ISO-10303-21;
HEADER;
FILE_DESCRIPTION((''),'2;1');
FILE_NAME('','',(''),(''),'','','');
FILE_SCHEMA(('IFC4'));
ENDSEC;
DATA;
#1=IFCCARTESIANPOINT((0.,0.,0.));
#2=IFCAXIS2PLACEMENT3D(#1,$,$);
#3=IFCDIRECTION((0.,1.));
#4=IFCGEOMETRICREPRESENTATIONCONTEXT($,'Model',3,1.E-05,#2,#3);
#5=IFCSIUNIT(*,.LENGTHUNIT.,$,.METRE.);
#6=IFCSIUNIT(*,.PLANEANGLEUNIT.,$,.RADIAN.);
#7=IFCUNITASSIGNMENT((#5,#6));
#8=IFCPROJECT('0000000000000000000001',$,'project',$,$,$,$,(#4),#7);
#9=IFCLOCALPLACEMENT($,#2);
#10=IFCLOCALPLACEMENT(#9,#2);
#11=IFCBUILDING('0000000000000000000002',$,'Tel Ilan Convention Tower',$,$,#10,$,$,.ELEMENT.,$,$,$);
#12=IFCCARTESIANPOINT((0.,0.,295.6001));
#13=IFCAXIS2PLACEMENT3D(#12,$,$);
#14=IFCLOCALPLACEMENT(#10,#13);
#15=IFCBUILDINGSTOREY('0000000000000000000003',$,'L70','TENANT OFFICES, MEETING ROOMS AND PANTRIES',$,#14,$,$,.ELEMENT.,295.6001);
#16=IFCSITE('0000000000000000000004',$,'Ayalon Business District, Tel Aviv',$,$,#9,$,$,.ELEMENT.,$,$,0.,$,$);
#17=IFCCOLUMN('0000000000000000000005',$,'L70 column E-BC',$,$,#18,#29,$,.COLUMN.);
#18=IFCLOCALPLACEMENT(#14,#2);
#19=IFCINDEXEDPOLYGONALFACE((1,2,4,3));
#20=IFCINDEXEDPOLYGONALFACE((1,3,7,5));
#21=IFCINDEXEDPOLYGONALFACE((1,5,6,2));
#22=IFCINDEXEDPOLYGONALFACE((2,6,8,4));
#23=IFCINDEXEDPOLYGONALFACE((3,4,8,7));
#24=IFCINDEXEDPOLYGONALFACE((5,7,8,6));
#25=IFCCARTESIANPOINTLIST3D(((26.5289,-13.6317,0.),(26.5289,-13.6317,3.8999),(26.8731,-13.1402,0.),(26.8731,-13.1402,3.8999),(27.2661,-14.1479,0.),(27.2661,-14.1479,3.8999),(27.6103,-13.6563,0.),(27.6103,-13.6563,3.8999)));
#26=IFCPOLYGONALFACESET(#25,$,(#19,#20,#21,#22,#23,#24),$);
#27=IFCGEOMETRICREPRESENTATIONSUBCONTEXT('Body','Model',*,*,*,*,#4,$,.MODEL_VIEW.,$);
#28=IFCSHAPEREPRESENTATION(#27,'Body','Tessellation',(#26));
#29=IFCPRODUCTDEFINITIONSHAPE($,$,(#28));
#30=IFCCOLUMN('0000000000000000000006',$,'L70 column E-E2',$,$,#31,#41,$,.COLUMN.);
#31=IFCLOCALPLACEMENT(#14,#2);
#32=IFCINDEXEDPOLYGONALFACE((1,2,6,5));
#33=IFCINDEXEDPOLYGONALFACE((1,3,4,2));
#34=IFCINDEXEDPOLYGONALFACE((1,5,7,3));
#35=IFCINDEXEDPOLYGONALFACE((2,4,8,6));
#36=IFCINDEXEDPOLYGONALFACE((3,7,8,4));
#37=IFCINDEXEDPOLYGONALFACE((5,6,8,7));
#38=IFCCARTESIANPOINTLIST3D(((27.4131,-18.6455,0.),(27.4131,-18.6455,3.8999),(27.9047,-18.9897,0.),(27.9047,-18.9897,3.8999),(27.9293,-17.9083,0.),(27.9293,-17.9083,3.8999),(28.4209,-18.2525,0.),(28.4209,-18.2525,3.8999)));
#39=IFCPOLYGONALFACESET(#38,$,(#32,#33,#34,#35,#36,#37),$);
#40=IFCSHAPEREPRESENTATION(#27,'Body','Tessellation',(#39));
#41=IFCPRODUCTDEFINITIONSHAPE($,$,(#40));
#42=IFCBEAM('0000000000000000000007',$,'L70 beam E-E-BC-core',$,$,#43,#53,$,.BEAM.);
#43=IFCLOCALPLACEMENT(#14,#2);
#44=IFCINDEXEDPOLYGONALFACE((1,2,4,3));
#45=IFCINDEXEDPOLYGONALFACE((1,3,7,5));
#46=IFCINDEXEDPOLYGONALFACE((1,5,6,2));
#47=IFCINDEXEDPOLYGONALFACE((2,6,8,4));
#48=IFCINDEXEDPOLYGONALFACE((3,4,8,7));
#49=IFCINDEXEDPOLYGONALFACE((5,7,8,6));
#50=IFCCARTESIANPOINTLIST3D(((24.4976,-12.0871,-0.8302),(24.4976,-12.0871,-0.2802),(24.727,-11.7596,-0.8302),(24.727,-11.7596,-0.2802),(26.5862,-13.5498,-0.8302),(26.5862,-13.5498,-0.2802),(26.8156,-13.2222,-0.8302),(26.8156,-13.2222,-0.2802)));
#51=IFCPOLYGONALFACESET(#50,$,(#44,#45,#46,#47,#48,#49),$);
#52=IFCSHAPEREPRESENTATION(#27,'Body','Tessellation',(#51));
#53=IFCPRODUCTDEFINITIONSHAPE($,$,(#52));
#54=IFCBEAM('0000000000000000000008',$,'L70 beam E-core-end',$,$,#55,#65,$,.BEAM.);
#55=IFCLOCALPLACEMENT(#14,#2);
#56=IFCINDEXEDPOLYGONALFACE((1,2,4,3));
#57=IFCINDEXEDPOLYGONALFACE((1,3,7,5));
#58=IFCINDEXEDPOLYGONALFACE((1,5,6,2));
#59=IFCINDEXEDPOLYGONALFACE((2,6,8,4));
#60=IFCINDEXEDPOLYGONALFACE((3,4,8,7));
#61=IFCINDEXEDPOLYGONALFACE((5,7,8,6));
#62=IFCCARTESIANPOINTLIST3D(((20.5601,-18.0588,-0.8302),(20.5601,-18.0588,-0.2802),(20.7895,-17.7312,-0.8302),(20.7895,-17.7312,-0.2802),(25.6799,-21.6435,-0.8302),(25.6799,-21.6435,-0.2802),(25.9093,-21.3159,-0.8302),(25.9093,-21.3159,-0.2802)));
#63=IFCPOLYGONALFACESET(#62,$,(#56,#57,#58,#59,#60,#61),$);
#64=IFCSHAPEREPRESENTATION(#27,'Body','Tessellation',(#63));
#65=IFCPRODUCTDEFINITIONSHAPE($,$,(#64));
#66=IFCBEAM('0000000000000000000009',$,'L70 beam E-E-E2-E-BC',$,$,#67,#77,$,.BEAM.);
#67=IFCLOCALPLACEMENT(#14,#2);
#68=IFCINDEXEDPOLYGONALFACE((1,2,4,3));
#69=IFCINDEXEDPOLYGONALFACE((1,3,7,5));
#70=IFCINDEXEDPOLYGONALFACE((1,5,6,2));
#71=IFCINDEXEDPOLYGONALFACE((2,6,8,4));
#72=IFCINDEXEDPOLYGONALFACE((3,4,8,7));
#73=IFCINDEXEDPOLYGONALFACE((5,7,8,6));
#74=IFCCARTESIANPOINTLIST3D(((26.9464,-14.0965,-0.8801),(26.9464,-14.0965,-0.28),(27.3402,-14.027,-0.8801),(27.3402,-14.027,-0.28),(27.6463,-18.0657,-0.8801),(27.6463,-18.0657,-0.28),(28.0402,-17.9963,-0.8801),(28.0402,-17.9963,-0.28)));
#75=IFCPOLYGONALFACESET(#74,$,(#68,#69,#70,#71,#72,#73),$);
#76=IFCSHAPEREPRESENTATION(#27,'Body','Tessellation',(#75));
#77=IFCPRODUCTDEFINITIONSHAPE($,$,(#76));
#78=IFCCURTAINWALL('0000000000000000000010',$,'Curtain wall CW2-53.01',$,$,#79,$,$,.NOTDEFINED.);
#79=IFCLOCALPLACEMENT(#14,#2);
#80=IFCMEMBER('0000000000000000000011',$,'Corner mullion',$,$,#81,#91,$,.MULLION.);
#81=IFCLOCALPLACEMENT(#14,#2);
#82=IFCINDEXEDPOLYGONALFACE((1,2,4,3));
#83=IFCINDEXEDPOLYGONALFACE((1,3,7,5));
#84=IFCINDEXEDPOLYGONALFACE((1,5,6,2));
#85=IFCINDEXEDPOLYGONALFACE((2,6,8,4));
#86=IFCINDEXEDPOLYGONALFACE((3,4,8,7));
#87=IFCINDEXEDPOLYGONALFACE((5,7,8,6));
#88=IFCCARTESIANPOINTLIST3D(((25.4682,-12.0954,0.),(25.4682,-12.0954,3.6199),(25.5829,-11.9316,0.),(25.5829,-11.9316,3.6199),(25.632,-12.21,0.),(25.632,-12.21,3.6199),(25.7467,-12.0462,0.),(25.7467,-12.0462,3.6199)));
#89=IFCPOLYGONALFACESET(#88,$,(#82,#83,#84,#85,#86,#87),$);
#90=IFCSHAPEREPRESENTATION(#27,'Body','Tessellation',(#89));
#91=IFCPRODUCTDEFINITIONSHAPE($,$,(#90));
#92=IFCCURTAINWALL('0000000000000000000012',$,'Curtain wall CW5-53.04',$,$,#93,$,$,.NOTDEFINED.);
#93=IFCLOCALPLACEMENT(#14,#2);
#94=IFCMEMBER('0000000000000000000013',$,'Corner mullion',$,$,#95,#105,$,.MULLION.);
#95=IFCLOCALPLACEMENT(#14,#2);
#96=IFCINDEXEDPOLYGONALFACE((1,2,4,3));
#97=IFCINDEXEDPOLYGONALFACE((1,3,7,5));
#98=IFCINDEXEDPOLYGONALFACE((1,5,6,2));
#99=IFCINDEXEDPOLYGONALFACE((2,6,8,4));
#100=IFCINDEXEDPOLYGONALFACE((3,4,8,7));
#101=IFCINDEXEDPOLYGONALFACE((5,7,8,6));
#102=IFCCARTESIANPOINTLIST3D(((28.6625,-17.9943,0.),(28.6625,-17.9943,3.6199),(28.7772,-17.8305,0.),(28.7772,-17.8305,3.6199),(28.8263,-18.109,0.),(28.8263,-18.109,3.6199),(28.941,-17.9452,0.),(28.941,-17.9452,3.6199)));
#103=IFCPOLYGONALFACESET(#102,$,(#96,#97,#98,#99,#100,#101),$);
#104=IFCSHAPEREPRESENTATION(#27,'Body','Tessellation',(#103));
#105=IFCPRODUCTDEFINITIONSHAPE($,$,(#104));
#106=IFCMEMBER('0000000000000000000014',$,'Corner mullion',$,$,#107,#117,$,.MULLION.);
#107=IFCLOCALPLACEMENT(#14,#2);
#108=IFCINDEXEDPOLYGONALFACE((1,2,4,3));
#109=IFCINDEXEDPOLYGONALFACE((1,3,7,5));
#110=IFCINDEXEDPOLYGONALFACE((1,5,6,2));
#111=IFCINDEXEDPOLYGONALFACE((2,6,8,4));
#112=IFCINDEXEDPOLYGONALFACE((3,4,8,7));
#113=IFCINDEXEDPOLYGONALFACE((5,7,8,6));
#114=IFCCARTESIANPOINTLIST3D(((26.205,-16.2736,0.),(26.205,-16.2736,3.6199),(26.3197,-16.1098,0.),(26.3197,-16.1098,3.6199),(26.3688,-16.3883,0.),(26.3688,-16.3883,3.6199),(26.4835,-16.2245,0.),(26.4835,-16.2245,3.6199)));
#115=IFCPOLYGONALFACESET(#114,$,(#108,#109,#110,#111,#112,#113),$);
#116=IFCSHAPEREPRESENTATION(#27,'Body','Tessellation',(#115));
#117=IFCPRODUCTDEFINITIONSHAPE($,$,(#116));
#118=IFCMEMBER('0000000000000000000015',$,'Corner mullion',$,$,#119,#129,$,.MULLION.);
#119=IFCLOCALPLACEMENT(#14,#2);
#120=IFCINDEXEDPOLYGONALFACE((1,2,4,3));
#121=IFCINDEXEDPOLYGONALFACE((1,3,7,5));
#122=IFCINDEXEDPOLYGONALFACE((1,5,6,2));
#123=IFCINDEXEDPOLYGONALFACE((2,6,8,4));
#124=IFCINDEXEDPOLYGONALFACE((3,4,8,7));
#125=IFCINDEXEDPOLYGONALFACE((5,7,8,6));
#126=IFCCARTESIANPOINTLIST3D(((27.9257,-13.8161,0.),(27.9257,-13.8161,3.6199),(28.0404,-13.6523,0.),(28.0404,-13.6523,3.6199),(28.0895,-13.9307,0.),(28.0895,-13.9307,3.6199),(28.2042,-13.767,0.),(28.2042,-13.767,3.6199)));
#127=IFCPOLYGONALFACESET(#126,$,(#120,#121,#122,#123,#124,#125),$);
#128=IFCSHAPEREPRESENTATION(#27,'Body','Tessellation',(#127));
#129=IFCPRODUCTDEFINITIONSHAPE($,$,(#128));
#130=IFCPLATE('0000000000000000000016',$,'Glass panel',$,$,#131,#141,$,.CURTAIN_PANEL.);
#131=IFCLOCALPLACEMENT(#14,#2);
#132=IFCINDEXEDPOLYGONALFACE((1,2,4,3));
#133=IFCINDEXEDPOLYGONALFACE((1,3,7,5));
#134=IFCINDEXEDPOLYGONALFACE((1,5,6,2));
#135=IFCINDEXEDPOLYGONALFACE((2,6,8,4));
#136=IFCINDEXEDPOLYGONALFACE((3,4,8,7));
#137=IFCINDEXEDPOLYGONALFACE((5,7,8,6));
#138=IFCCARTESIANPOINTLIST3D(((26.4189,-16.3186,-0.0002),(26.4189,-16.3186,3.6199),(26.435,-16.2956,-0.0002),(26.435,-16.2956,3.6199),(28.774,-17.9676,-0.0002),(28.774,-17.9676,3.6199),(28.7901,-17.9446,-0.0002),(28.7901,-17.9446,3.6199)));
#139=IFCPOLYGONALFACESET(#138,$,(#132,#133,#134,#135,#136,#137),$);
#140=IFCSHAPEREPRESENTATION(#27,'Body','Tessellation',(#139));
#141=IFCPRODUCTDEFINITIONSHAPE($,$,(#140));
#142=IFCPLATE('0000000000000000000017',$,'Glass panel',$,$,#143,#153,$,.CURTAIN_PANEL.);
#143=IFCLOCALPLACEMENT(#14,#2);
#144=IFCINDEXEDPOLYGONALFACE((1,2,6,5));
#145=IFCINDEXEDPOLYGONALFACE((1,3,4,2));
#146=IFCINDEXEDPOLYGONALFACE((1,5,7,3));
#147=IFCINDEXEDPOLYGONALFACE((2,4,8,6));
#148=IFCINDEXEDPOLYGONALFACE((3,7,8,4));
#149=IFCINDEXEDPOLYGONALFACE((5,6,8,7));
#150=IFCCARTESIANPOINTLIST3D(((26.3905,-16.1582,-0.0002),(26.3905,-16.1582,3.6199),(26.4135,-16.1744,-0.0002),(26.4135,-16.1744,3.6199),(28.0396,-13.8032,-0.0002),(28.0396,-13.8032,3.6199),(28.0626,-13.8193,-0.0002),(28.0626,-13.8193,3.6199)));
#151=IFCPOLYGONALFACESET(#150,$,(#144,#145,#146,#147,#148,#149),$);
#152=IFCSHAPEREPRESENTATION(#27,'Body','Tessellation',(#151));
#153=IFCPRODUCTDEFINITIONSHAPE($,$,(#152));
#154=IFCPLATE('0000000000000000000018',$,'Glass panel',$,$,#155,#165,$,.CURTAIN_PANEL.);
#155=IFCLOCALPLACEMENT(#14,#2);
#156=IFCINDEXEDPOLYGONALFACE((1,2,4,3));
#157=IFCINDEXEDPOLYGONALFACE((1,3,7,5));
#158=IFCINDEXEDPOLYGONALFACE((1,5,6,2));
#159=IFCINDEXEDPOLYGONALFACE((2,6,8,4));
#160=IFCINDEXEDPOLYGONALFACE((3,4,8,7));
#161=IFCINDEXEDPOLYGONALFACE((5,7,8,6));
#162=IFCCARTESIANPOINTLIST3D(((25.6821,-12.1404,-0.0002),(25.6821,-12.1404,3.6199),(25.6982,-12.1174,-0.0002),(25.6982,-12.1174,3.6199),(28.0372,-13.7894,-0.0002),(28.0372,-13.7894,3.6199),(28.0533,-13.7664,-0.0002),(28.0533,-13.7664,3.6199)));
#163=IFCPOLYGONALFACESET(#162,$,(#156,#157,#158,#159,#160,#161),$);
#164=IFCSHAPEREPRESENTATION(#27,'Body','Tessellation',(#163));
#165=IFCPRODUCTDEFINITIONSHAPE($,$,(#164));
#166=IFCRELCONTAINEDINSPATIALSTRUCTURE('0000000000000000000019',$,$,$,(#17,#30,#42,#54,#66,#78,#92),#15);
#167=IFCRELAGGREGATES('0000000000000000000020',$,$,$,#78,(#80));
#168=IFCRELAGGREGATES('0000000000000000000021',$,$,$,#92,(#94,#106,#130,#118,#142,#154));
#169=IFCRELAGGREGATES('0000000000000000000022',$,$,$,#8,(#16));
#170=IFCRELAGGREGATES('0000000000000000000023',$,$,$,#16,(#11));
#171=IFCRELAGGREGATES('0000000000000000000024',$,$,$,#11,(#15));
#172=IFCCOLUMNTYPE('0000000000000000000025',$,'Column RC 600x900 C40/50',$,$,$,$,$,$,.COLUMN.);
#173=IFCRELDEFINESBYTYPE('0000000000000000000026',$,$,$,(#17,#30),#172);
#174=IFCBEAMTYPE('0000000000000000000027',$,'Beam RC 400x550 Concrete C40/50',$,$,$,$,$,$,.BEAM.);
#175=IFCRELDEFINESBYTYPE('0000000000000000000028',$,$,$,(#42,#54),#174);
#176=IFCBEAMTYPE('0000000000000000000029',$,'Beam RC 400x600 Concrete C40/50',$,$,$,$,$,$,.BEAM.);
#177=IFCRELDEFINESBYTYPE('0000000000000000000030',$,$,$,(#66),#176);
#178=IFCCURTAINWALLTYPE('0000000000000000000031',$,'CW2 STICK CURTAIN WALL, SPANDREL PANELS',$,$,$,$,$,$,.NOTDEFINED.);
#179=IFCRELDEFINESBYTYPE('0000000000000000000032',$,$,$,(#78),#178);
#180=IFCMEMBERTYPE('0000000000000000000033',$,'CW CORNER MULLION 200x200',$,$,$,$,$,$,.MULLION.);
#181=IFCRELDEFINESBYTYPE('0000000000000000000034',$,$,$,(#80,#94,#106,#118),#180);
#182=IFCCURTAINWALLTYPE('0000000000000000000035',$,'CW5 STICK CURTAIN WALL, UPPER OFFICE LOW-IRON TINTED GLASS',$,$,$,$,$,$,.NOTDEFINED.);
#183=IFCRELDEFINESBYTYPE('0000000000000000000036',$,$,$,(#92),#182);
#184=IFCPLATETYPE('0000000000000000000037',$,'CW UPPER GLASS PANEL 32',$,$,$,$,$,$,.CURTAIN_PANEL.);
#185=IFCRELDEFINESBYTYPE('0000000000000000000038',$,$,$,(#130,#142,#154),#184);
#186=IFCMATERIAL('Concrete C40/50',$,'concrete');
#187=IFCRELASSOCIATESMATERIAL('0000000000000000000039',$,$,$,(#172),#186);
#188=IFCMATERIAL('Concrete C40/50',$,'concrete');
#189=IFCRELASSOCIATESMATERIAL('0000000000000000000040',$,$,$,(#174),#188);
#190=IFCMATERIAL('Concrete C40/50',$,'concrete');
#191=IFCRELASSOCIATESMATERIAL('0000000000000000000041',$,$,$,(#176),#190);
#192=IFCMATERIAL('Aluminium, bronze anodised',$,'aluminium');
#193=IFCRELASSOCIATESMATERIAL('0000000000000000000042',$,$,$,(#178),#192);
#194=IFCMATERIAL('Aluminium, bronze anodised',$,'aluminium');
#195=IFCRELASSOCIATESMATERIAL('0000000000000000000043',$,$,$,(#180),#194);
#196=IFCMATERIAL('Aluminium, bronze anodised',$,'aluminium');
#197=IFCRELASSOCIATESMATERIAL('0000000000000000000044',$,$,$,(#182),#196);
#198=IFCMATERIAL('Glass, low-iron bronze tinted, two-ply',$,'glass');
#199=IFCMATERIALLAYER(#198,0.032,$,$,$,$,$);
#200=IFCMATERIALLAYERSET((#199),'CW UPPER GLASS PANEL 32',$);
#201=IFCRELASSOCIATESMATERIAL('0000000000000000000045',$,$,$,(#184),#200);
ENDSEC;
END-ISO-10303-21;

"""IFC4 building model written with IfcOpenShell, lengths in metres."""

from ifc_helpers import new_model, si_unit, direction, frame, origin, origin_2d, place, context, subcontext, project, spatial, rectangle, extrude, material, layer, layer_set, material_profile, profile_set, type_object, element, aggregate, save


model = new_model("IFC4")

# Units and contexts
model_context = context("Model", 3, precision=1e-05, world=origin(), true_north=direction((0.0, 1.0)))
body_context = subcontext(model_context, "Body", "Model", "MODEL_VIEW")
ifc_project = project(units=[si_unit("LENGTHUNIT", "METRE"), si_unit("PLANEANGLEUNIT", "RADIAN")], contexts=[model_context])

# Site, building, storey
site_placement = place(None, origin())
site = spatial("IfcSite", under=ifc_project, at=site_placement, Name="Ayalon Business District, Tel Aviv", CompositionType="ELEMENT", RefElevation=0.0)
building_placement = place(site_placement, origin())
building = spatial("IfcBuilding", under=site, at=building_placement, Name="Tel Ilan Convention Tower", CompositionType="ELEMENT")
storey_placement = place(building_placement, frame((0.0, 0.0, 295.6001)))
storey = spatial("IfcBuildingStorey", under=building, at=storey_placement, Name="L70", Description="TENANT OFFICES, MEETING ROOMS AND PANTRIES", CompositionType="ELEMENT", Elevation=295.6001)

# Columns
ifc_material_1 = material(Name="Concrete C40/50", Category="concrete")
ifc_material_profile_1 = material_profile(ifc_material_1, rectangle(XDim=0.8999, YDim=0.6001, at=origin_2d()), Name="RC 600x900")
ifc_profile_set_1 = profile_set([ifc_material_profile_1], Name="Concrete C40/50")
column_type = type_object("IfcColumnType", Name="Column RC 600x900 C40/50", PredefinedType="COLUMN", material=ifc_profile_set_1)
for number, where, z_axis, x_axis, name in (
    (1, (27.0696, -13.644, 0.0), (0.0, 0.0, 1.0), (0.819152, -0.573576, 0.0), "L70 column E-BC"),
    (2, (27.917, -18.449, 0.0), (0.0, 0.0, 1.0), (0.573576, 0.819152, 0.0), "L70 column E-E2"),
):
    element("IfcColumn", number, at=place(storey_placement, frame(where, z_axis=z_axis, x_axis=x_axis)), inside=storey, type_object=column_type, Name=name, PredefinedType="COLUMN", context=body_context, shape_type="SweptSolid", body=[
        extrude(rectangle(XDim=0.8999, YDim=0.6001, at=origin_2d()), origin(), (0.0, 0.0, 1.0), 3.8999),
    ])

# Beams
ifc_material_2 = material(Name="Concrete C40/50", Category="concrete")
ifc_material_profile_2 = material_profile(ifc_material_2, rectangle(XDim=0.3999, YDim=0.55, at=origin_2d()), Name="RC 400x550")
ifc_profile_set_2 = profile_set([ifc_material_profile_2], Name="Concrete C40/50")
beam_type_1 = type_object("IfcBeamType", Name="Beam RC 400x550 Concrete C40/50", PredefinedType="BEAM", material=ifc_profile_set_2)
beam_1_placement = place(storey_placement, frame((26.7009, -13.386, -0.5552), z_axis=(-0.819119, 0.573623, 0.0), x_axis=(-0.573623, -0.819119, 0.0)))
element("IfcBeam", 3, at=beam_1_placement, inside=storey, type_object=beam_type_1, Name="L70 beam E-E-BC-core", PredefinedType="BEAM", context=body_context, shape_type="SweptSolid", body=[
    extrude(rectangle(XDim=0.3999, YDim=0.55, at=origin_2d()), origin(), (0.0, 0.0, 1.0), 2.5498),
])
beam_2_placement = place(storey_placement, frame((20.6748, -17.895, -0.5552), z_axis=(0.819171, -0.573549, 0.0), x_axis=(0.573549, 0.819171, 0.0)))
element("IfcBeam", 4, at=beam_2_placement, inside=storey, type_object=beam_type_1, Name="L70 beam E-core-end", PredefinedType="BEAM", context=body_context, shape_type="SweptSolid", body=[
    extrude(rectangle(XDim=0.3999, YDim=0.55, at=origin_2d()), origin(), (0.0, 0.0, 1.0), 6.25),
])
ifc_material_3 = material(Name="Concrete C40/50", Category="concrete")
ifc_material_profile_3 = material_profile(ifc_material_3, rectangle(XDim=0.3999, YDim=0.6001, at=origin_2d()), Name="RC 400x600")
ifc_profile_set_3 = profile_set([ifc_material_profile_3], Name="Concrete C40/50")
beam_type_2 = type_object("IfcBeamType", Name="Beam RC 400x600 Concrete C40/50", PredefinedType="BEAM", material=ifc_profile_set_3)
beam_3_placement = place(storey_placement, frame((27.8433, -18.031, -0.5801), z_axis=(-0.173664, 0.984805, 0.0), x_axis=(-0.984805, -0.173664, 0.0)))
element("IfcBeam", 5, at=beam_3_placement, inside=storey, type_object=beam_type_2, Name="L70 beam E-E-E2-E-BC", PredefinedType="BEAM", context=body_context, shape_type="SweptSolid", body=[
    extrude(rectangle(XDim=0.3999, YDim=0.6001, at=origin_2d()), origin(), (0.0, 0.0, 1.0), 4.0305),
])

# Curtain wall, member
ifc_material_4 = material(Name="Aluminium, bronze anodised", Category="aluminium")
curtain_wall_type_1 = type_object("IfcCurtainWallType", Name="CW2 STICK CURTAIN WALL, SPANDREL PANELS", PredefinedType="NOTDEFINED", material=ifc_material_4)
curtain_wall_1_placement = place(storey_placement, origin())
curtain_wall_1 = element("IfcCurtainWall", 6, at=curtain_wall_1_placement, inside=storey, type_object=curtain_wall_type_1, Name="Curtain wall CW2-53.01", PredefinedType="NOTDEFINED")
ifc_material_5 = material(Name="Aluminium, bronze anodised", Category="aluminium")
ifc_material_profile_4 = material_profile(ifc_material_5, rectangle(XDim=0.2, YDim=0.2, at=origin_2d()), Name="CW CORNER MULLION 200x200")
ifc_profile_set_4 = profile_set([ifc_material_profile_4], Name="Aluminium, bronze anodised")
member_type = type_object("IfcMemberType", Name="CW CORNER MULLION 200x200", PredefinedType="MULLION", material=ifc_profile_set_4)
member_1_placement = place(storey_placement, frame((25.6074, -12.0708, 0.0), z_axis=(0.0, 0.0, 1.0), x_axis=(-0.819152, 0.573576, 0.0)))
member_1 = element("IfcMember", 7, at=member_1_placement, type_object=member_type, Name="Corner mullion", PredefinedType="MULLION", context=body_context, shape_type="SweptSolid", body=[
    extrude(rectangle(XDim=0.2, YDim=0.2, at=origin_2d()), origin(), (0.0, 0.0, 1.0), 3.6199),
])
aggregate(curtain_wall_1, [member_1])

# Curtain wall, members, plates
ifc_material_6 = material(Name="Aluminium, bronze anodised", Category="aluminium")
curtain_wall_type_2 = type_object("IfcCurtainWallType", Name="CW5 STICK CURTAIN WALL, UPPER OFFICE LOW-IRON TINTED GLASS", PredefinedType="NOTDEFINED", material=ifc_material_6)
curtain_wall_2_placement = place(storey_placement, origin())
curtain_wall_2 = element("IfcCurtainWall", 8, at=curtain_wall_2_placement, inside=storey, type_object=curtain_wall_type_2, Name="Curtain wall CW5-53.04", PredefinedType="NOTDEFINED")
member_2_placement = place(storey_placement, frame((28.8018, -17.9697, 0.0), z_axis=(0.0, 0.0, 1.0), x_axis=(0.573576, 0.819152, 0.0)))
member_2 = element("IfcMember", 9, at=member_2_placement, type_object=member_type, Name="Corner mullion", PredefinedType="MULLION", context=body_context, shape_type="SweptSolid", body=[
    extrude(rectangle(XDim=0.2, YDim=0.2, at=origin_2d()), origin(), (0.0, 0.0, 1.0), 3.6199),
])
member_3_placement = place(storey_placement, frame((26.3442, -16.249, 0.0), z_axis=(0.0, 0.0, 1.0), x_axis=(-0.819152, 0.573576, 0.0)))
member_3 = element("IfcMember", 10, at=member_3_placement, type_object=member_type, Name="Corner mullion", PredefinedType="MULLION", context=body_context, shape_type="SweptSolid", body=[
    extrude(rectangle(XDim=0.2, YDim=0.2, at=origin_2d()), origin(), (0.0, 0.0, 1.0), 3.6199),
])
member_4_placement = place(storey_placement, frame((28.0649, -13.7915, 0.0), z_axis=(0.0, 0.0, 1.0), x_axis=(0.573576, 0.819152, 0.0)))
member_4 = element("IfcMember", 11, at=member_4_placement, type_object=member_type, Name="Corner mullion", PredefinedType="MULLION", context=body_context, shape_type="SweptSolid", body=[
    extrude(rectangle(XDim=0.2, YDim=0.2, at=origin_2d()), origin(), (0.0, 0.0, 1.0), 3.6199),
])
ifc_material_7 = material(Name="Glass, low-iron bronze tinted, two-ply", Category="glass")
ifc_layer_1 = layer(ifc_material_7, 0.032)
ifc_layer_set_1 = layer_set([ifc_layer_1], Name="CW UPPER GLASS PANEL 32")
plate_type = type_object("IfcPlateType", Name="CW UPPER GLASS PANEL 32", PredefinedType="CURTAIN_PANEL", material=ifc_layer_set_1)
plate_1_placement = place(storey_placement, frame((27.6045, -17.1316, -0.0002), z_axis=(0.0, 0.0, 1.0), x_axis=(-0.819152, 0.573576, 0.0)))
plate_1 = element("IfcPlate", 12, at=plate_1_placement, type_object=plate_type, Name="Glass panel", PredefinedType="CURTAIN_PANEL", context=body_context, shape_type="SweptSolid", body=[
    extrude(rectangle(XDim=2.875, YDim=0.0281, at=origin_2d()), origin(), (0.0, 0.0, 1.0), 3.6201),
])
plate_2_placement = place(storey_placement, frame((27.2266, -14.9888, -0.0002), z_axis=(0.0, 0.0, 1.0), x_axis=(0.573576, 0.819152, 0.0)))
plate_2 = element("IfcPlate", 13, at=plate_2_placement, type_object=plate_type, Name="Glass panel", PredefinedType="CURTAIN_PANEL", context=body_context, shape_type="SweptSolid", body=[
    extrude(rectangle(XDim=2.875, YDim=0.0281, at=origin_2d()), origin(), (0.0, 0.0, 1.0), 3.6201),
])
plate_3_placement = place(storey_placement, frame((26.8677, -12.9534, -0.0002), z_axis=(0.0, 0.0, 1.0), x_axis=(-0.819152, 0.573576, 0.0)))
plate_3 = element("IfcPlate", 14, at=plate_3_placement, type_object=plate_type, Name="Glass panel", PredefinedType="CURTAIN_PANEL", context=body_context, shape_type="SweptSolid", body=[
    extrude(rectangle(XDim=2.875, YDim=0.0281, at=origin_2d()), origin(), (0.0, 0.0, 1.0), 3.6201),
])
aggregate(curtain_wall_2, [member_2, member_3, plate_1, member_4, plate_2, plate_3])

save(model, "model.ifc")
